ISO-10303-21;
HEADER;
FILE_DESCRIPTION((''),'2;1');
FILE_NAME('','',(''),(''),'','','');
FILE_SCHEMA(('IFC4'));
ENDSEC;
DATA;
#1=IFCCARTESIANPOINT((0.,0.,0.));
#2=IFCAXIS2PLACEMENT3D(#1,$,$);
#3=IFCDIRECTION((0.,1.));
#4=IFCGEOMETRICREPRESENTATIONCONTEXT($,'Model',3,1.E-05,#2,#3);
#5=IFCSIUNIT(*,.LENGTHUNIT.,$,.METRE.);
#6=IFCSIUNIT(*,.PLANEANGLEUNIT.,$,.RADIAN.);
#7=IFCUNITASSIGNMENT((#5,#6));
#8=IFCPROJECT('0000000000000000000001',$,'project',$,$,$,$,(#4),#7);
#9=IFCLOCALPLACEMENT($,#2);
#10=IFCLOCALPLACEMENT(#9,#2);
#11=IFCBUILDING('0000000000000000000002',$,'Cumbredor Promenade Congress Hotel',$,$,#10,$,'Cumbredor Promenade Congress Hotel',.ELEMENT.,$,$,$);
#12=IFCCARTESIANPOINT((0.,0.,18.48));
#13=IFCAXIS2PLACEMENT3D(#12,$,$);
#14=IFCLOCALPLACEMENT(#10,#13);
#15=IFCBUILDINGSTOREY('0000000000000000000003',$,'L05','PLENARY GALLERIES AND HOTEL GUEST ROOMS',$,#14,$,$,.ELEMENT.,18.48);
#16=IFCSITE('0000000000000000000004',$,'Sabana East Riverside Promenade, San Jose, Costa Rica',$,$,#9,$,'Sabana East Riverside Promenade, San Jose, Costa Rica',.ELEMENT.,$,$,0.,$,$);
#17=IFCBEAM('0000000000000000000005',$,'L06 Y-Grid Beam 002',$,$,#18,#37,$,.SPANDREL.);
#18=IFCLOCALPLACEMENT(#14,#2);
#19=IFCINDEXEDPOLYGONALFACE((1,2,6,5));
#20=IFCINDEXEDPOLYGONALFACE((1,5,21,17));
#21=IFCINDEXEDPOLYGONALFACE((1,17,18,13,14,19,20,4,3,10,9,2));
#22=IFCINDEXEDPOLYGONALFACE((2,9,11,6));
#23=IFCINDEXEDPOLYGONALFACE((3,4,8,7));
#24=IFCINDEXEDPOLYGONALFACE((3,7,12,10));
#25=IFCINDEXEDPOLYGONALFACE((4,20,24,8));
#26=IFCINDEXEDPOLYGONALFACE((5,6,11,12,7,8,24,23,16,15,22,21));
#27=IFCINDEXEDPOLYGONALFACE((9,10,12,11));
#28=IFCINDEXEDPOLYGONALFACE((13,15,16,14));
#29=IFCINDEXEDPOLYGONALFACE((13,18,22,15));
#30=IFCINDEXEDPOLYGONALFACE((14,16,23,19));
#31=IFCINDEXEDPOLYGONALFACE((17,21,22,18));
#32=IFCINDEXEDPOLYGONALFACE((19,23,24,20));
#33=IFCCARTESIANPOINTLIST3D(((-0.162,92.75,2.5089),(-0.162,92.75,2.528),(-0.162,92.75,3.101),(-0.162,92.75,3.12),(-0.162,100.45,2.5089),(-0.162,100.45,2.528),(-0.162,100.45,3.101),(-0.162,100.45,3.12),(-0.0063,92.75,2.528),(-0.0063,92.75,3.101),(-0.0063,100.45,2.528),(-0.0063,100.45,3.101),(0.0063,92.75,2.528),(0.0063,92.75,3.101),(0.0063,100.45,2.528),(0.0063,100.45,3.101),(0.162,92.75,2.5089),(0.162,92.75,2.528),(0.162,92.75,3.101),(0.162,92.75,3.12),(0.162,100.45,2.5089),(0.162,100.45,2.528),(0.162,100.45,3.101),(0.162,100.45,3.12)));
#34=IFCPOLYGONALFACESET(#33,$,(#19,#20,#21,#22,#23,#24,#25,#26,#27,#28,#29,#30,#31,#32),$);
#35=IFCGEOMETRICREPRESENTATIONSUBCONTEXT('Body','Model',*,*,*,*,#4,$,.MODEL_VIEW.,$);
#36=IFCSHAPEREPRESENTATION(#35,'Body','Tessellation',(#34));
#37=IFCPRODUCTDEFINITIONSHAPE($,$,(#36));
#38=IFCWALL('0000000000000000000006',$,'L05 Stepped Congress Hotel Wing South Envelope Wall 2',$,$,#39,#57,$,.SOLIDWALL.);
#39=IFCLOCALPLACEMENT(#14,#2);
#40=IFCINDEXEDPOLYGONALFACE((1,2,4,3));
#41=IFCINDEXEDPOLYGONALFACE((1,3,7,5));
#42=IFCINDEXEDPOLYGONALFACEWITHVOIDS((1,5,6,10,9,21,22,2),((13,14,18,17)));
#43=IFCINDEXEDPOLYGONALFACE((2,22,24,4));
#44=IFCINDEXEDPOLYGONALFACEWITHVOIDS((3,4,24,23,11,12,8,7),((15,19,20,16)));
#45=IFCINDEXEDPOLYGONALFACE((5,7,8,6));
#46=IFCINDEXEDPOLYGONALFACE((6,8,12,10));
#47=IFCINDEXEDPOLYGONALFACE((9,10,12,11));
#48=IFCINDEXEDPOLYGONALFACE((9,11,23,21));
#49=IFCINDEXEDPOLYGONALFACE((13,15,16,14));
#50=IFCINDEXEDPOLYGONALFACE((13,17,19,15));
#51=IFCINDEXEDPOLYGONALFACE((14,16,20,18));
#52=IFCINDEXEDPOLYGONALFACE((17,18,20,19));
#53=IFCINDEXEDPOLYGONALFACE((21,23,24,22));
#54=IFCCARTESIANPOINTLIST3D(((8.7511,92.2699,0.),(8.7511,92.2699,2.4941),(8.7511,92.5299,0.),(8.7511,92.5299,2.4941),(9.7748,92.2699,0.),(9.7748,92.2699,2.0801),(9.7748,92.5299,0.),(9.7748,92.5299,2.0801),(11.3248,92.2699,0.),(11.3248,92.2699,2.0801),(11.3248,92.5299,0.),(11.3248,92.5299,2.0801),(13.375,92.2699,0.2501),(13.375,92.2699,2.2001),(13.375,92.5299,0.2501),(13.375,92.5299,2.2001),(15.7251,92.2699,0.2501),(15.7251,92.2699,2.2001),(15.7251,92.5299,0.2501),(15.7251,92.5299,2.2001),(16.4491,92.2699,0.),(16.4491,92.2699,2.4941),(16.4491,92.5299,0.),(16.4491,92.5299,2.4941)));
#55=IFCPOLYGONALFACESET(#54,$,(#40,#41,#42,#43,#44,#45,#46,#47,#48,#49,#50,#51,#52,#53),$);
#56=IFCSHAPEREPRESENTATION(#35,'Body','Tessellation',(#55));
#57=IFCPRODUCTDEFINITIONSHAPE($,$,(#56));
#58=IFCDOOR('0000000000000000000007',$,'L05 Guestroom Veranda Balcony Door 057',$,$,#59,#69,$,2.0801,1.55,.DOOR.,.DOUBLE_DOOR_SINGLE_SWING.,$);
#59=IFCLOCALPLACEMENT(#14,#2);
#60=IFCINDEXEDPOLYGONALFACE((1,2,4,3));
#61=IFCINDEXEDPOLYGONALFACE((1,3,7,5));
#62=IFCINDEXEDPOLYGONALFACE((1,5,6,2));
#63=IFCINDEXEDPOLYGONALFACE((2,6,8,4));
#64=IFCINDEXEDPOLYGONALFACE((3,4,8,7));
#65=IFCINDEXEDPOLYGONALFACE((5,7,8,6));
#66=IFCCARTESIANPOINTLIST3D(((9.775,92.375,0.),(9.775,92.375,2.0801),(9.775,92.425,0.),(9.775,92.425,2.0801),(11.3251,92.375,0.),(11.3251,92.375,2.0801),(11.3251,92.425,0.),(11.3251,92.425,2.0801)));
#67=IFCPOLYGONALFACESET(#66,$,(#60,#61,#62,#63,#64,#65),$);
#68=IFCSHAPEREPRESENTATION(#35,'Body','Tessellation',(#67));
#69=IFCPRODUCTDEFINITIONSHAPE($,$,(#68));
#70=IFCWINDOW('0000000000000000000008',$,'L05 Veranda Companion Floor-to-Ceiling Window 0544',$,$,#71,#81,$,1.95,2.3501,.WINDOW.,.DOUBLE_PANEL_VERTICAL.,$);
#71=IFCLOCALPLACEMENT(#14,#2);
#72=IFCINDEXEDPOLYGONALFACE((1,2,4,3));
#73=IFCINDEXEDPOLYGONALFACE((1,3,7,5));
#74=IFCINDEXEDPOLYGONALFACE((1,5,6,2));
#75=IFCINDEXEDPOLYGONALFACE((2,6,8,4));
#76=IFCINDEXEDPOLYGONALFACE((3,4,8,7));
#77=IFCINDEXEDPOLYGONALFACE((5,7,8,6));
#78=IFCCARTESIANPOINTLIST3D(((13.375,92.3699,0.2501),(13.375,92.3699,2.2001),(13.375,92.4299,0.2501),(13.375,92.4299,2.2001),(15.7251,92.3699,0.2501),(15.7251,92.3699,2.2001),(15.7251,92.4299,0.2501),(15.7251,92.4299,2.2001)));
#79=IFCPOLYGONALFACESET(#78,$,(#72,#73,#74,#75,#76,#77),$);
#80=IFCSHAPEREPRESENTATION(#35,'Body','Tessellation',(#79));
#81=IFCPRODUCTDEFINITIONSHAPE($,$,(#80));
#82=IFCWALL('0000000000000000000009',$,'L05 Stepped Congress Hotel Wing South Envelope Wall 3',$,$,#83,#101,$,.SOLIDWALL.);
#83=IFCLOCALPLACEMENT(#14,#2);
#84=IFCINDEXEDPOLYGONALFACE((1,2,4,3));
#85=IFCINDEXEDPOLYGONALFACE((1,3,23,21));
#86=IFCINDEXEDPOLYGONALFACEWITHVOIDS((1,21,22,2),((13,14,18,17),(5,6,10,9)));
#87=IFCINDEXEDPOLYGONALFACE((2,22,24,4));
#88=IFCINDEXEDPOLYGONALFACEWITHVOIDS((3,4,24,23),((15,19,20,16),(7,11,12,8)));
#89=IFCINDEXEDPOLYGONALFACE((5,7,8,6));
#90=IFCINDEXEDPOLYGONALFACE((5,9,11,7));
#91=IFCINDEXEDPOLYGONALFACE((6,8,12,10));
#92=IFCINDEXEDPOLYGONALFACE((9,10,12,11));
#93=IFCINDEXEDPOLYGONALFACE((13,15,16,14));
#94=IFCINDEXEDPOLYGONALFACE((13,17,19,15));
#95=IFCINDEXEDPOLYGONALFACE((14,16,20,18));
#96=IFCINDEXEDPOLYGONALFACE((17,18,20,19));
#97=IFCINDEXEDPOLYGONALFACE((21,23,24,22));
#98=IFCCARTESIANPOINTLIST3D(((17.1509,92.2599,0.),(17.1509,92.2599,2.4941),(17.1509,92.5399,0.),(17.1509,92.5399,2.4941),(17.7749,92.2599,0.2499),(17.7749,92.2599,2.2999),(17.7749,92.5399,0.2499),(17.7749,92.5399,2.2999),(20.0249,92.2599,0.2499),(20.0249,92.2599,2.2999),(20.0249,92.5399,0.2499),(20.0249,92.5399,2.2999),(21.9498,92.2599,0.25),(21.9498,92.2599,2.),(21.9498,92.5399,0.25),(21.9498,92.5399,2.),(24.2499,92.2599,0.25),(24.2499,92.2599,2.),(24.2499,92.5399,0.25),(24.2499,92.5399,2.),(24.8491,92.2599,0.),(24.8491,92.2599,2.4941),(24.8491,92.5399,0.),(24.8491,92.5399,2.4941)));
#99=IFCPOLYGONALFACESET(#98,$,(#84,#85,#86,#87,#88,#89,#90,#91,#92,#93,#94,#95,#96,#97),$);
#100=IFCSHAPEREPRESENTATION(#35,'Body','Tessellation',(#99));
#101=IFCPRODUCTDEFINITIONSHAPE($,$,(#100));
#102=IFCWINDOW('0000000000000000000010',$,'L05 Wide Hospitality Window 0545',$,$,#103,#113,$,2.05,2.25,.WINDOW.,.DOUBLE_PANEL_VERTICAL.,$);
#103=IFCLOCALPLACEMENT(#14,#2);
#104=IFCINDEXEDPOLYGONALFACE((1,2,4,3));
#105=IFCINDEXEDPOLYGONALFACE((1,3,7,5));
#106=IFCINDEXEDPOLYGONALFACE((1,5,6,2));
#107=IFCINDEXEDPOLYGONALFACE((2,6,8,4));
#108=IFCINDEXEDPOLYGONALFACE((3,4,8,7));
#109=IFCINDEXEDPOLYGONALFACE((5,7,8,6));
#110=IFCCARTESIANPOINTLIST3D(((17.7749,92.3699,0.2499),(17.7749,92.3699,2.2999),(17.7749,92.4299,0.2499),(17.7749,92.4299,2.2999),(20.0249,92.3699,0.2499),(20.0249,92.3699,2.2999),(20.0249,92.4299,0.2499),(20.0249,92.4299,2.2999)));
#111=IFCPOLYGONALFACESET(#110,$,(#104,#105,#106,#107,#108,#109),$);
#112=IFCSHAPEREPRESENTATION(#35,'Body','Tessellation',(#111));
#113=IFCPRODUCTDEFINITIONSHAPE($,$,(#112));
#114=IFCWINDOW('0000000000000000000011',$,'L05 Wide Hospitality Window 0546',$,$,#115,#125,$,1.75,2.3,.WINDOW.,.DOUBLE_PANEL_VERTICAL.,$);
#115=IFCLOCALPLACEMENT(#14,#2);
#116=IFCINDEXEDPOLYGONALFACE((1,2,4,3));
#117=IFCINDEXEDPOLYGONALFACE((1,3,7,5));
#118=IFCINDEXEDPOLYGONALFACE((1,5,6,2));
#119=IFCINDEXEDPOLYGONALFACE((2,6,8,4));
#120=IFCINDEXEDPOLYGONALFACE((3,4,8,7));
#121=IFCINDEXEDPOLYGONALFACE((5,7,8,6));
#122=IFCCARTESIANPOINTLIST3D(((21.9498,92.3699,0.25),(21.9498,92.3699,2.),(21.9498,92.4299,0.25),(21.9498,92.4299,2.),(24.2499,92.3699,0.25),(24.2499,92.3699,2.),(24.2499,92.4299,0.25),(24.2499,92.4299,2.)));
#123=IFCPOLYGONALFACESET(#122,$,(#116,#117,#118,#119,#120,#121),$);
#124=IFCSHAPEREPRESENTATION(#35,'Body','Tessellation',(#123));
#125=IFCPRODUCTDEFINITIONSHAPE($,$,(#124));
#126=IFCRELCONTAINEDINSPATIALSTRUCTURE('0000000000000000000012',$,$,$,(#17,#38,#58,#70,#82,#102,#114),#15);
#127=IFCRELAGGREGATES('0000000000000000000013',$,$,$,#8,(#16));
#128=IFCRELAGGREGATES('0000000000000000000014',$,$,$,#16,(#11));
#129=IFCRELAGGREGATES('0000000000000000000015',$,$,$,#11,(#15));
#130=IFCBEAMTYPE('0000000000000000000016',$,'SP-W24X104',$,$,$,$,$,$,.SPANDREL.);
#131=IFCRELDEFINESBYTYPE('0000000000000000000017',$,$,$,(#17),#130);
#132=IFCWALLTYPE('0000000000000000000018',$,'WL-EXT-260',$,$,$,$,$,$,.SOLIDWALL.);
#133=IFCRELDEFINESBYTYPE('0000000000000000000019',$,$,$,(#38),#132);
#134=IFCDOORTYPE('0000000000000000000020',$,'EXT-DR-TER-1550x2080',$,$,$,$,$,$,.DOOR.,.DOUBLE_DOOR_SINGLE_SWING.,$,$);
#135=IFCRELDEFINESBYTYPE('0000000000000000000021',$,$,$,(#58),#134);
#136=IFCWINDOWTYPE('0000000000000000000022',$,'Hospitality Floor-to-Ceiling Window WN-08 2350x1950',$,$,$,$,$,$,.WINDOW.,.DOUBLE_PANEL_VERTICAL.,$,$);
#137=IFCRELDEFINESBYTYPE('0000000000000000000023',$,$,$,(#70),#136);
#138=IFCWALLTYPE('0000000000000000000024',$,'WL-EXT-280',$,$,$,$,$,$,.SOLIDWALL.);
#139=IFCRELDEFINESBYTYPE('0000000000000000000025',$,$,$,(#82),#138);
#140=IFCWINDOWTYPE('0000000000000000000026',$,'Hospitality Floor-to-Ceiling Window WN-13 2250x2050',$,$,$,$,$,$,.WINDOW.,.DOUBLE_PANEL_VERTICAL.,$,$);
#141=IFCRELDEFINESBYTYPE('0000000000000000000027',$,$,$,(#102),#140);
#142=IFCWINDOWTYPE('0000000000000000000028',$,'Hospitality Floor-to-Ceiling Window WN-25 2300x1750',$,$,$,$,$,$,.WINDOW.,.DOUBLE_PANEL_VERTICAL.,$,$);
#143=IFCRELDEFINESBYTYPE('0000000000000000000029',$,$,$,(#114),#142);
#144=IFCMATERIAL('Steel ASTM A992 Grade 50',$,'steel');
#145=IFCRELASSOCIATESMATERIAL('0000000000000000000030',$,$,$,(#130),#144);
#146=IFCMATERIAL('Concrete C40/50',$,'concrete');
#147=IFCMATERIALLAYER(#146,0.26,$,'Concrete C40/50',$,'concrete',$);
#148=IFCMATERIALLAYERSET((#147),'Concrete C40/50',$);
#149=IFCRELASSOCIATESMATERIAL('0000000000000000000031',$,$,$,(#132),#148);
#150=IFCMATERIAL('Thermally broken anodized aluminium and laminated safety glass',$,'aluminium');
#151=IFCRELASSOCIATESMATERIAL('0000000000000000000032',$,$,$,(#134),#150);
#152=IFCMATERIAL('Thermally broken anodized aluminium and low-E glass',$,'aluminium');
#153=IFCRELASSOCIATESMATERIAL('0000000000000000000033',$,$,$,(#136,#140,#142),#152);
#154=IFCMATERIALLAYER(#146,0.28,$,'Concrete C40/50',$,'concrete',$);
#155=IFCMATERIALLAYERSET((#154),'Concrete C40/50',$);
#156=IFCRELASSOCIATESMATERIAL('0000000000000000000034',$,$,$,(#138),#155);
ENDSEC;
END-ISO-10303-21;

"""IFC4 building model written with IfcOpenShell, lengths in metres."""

from ifc_helpers import new_model, si_unit, direction, frame, frame_2d, origin, origin_2d, place, context, subcontext, project, spatial, rectangle, i_section, extrude, material, layer, layer_set, material_profile, profile_set, type_object, element, fill, save


model = new_model("IFC4")

# Units and contexts
model_context = context("Model", 3, precision=1e-05, world=origin(), true_north=direction((0.0, 1.0)))
body_context = subcontext(model_context, "Body", "Model", "MODEL_VIEW")
ifc_project = project(units=[si_unit("LENGTHUNIT", "METRE"), si_unit("PLANEANGLEUNIT", "RADIAN")], contexts=[model_context])

# Site, building, storey
site_placement = place(None, origin())
site = spatial("IfcSite", under=ifc_project, at=site_placement, Name="Sabana East Riverside Promenade, San Jose, Costa Rica", LongName="Sabana East Riverside Promenade, San Jose, Costa Rica", CompositionType="ELEMENT", RefElevation=0.0)
building_placement = place(site_placement, origin())
building = spatial("IfcBuilding", under=site, at=building_placement, Name="Cumbredor Promenade Congress Hotel", LongName="Cumbredor Promenade Congress Hotel", CompositionType="ELEMENT")
storey_placement = place(building_placement, frame((0.0, 0.0, 18.48)))
storey = spatial("IfcBuildingStorey", under=building, at=storey_placement, Name="L05", Description="PLENARY GALLERIES AND HOTEL GUEST ROOMS", CompositionType="ELEMENT", Elevation=18.48)

# Shared definitions
ifc_material_1 = material(Name="Concrete C40/50", Category="concrete")

# Beam
ifc_material_2 = material(Name="Steel ASTM A992 Grade 50", Category="steel")
ifc_material_profile_1 = material_profile(ifc_material_2, i_section(OverallWidth=0.324, OverallDepth=0.6111, WebThickness=0.0127, FlangeThickness=0.019, at=origin_2d()), Name="W24X104")
ifc_profile_set_1 = profile_set([ifc_material_profile_1], Name="Steel ASTM A992 Grade 50")
beam_type_1 = type_object("IfcBeamType", Name="SP-W24X104", PredefinedType="SPANDREL", material=ifc_profile_set_1)
beam_1_placement = place(storey_placement, frame((0.0, 92.75, 2.8145), z_axis=(0.0, 1.0, 0.0), x_axis=(-1.0, 0.0, 0.0)))
element("IfcBeam", 1, at=beam_1_placement, inside=storey, type_object=beam_type_1, Name="L06 Y-Grid Beam 002", PredefinedType="SPANDREL", context=body_context, shape_type="SweptSolid", body=[
    extrude(i_section(OverallWidth=0.324, OverallDepth=0.6111, WebThickness=0.0127, FlangeThickness=0.019, at=origin_2d()), origin(), (0.0, 0.0, 1.0), 7.7),
])

# Wall, openings, door, window
ifc_layer_1 = layer(ifc_material_1, 0.26, Name="Concrete C40/50", Category="concrete")
ifc_layer_set_1 = layer_set([ifc_layer_1], Name="Concrete C40/50")
wall_type_1 = type_object("IfcWallType", Name="WL-EXT-260", PredefinedType="SOLIDWALL", material=ifc_layer_set_1)
wall_1_placement = place(storey_placement, frame((8.751, 92.3999, 0.0), z_axis=(0.0, 0.0, 1.0), x_axis=(1.0, 0.0, 0.0)))
wall_1 = element("IfcWall", 2, at=wall_1_placement, inside=storey, type_object=wall_type_1, Name="L05 Stepped Congress Hotel Wing South Envelope Wall 2", PredefinedType="SOLIDWALL", context=body_context, shape_type="SweptSolid", body=[
    extrude(rectangle(XDim=7.698, YDim=0.26, at=frame_2d((3.8491, 0.0))), origin(), (0.0, 0.0, 1.0), 2.4941),
])
opening_1_placement = place(wall_1_placement, frame((1.0239, 0.0, 0.0)))
opening_1 = element("IfcOpeningElement", 3, at=opening_1_placement, cuts=wall_1, PredefinedType="OPENING", context=body_context, shape_type="SweptSolid", body=[
    extrude(rectangle(XDim=1.55, YDim=2.0801, at=frame_2d((0.7749, 1.04))), frame((0.0, 0.1401, 0.0), z_axis=(0.0, -1.0, 0.0), x_axis=(1.0, 0.0, 0.0)), (0.0, 0.0, 1.0), 0.28),
])
opening_2_placement = place(wall_1_placement, frame((4.624, 0.0, 0.25)))
opening_2 = element("IfcOpeningElement", 4, at=opening_2_placement, cuts=wall_1, PredefinedType="OPENING", context=body_context, shape_type="SweptSolid", body=[
    extrude(rectangle(XDim=2.3501, YDim=1.95, at=frame_2d((1.175, 0.9751))), frame((0.0, 0.1401, 0.0), z_axis=(0.0, -1.0, 0.0), x_axis=(1.0, 0.0, 0.0)), (0.0, 0.0, 1.0), 0.28),
])
ifc_material_3 = material(Name="Thermally broken anodized aluminium and laminated safety glass", Category="aluminium")
door_type = type_object("IfcDoorType", Name="EXT-DR-TER-1550x2080", OperationType="DOUBLE_DOOR_SINGLE_SWING", PredefinedType="DOOR", material=ifc_material_3)
door_placement = place(opening_1_placement, frame((1.55, 0.0, 0.0), z_axis=(0.0, 0.0, 1.0), x_axis=(-1.0, 0.0, 0.0)))
door = element("IfcDoor", 5, at=door_placement, inside=storey, type_object=door_type, Name="L05 Guestroom Veranda Balcony Door 057", OperationType="DOUBLE_DOOR_SINGLE_SWING", OverallHeight=2.0801, OverallWidth=1.55, PredefinedType="DOOR", context=body_context, shape_type="SweptSolid", body=[
    extrude(rectangle(XDim=1.55, YDim=2.0801, at=frame_2d((0.7749, 1.04))), frame((0.0, 0.0249, 0.0), z_axis=(0.0, -1.0, 0.0), x_axis=(1.0, 0.0, 0.0)), (0.0, 0.0, 1.0), 0.05),
])
fill(opening_1, door)
ifc_material_4 = material(Name="Thermally broken anodized aluminium and low-E glass", Category="aluminium")
window_type_1 = type_object("IfcWindowType", Name="Hospitality Floor-to-Ceiling Window WN-08 2350x1950", PartitioningType="DOUBLE_PANEL_VERTICAL", PredefinedType="WINDOW", material=ifc_material_4)
window_1_placement = place(opening_2_placement, origin())
window_1 = element("IfcWindow", 6, at=window_1_placement, inside=storey, type_object=window_type_1, Name="L05 Veranda Companion Floor-to-Ceiling Window 0544", OverallHeight=1.95, OverallWidth=2.3501, PartitioningType="DOUBLE_PANEL_VERTICAL", PredefinedType="WINDOW", context=body_context, shape_type="SweptSolid", body=[
    extrude(rectangle(XDim=2.3501, YDim=1.95, at=frame_2d((1.175, 0.9751))), frame((0.0, 0.03, 0.0), z_axis=(0.0, -1.0, 0.0), x_axis=(1.0, 0.0, 0.0)), (0.0, 0.0, 1.0), 0.0601),
])
fill(opening_2, window_1)

# Wall, openings, windows
ifc_layer_2 = layer(ifc_material_1, 0.28, Name="Concrete C40/50", Category="concrete")
ifc_layer_set_2 = layer_set([ifc_layer_2], Name="Concrete C40/50")
wall_type_2 = type_object("IfcWallType", Name="WL-EXT-280", PredefinedType="SOLIDWALL", material=ifc_layer_set_2)
wall_2_placement = place(storey_placement, frame((17.1509, 92.3999, 0.0), z_axis=(0.0, 0.0, 1.0), x_axis=(1.0, 0.0, 0.0)))
wall_2 = element("IfcWall", 7, at=wall_2_placement, inside=storey, type_object=wall_type_2, Name="L05 Stepped Congress Hotel Wing South Envelope Wall 3", PredefinedType="SOLIDWALL", context=body_context, shape_type="SweptSolid", body=[
    extrude(rectangle(XDim=7.6982, YDim=0.28, at=frame_2d((3.8491, 0.0))), origin(), (0.0, 0.0, 1.0), 2.4941),
])
opening_3_placement = place(wall_2_placement, frame((0.624, 0.0, 0.25)))
opening_3 = element("IfcOpeningElement", 8, at=opening_3_placement, cuts=wall_2, PredefinedType="OPENING", context=body_context, shape_type="SweptSolid", body=[
    extrude(rectangle(XDim=2.25, YDim=2.05, at=frame_2d((1.125, 1.0249))), frame((0.0, 0.1499, 0.0), z_axis=(0.0, -1.0, 0.0), x_axis=(1.0, 0.0, 0.0)), (0.0, 0.0, 1.0), 0.3),
])
opening_4_placement = place(wall_2_placement, frame((4.7991, 0.0, 0.25)))
opening_4 = element("IfcOpeningElement", 9, at=opening_4_placement, cuts=wall_2, PredefinedType="OPENING", context=body_context, shape_type="SweptSolid", body=[
    extrude(rectangle(XDim=2.3, YDim=1.75, at=frame_2d((1.1499, 0.875))), frame((0.0, 0.1499, 0.0), z_axis=(0.0, -1.0, 0.0), x_axis=(1.0, 0.0, 0.0)), (0.0, 0.0, 1.0), 0.3),
])
window_type_2 = type_object("IfcWindowType", Name="Hospitality Floor-to-Ceiling Window WN-13 2250x2050", PartitioningType="DOUBLE_PANEL_VERTICAL", PredefinedType="WINDOW", material=ifc_material_4)
window_2_placement = place(opening_3_placement, origin())
window_2 = element("IfcWindow", 10, at=window_2_placement, inside=storey, type_object=window_type_2, Name="L05 Wide Hospitality Window 0545", OverallHeight=2.05, OverallWidth=2.25, PartitioningType="DOUBLE_PANEL_VERTICAL", PredefinedType="WINDOW", context=body_context, shape_type="SweptSolid", body=[
    extrude(rectangle(XDim=2.25, YDim=2.05, at=frame_2d((1.125, 1.0249))), frame((0.0, 0.03, 0.0), z_axis=(0.0, -1.0, 0.0), x_axis=(1.0, 0.0, 0.0)), (0.0, 0.0, 1.0), 0.0601),
])
fill(opening_3, window_2)
window_type_3 = type_object("IfcWindowType", Name="Hospitality Floor-to-Ceiling Window WN-25 2300x1750", PartitioningType="DOUBLE_PANEL_VERTICAL", PredefinedType="WINDOW", material=ifc_material_4)
window_3_placement = place(opening_4_placement, origin())
window_3 = element("IfcWindow", 11, at=window_3_placement, inside=storey, type_object=window_type_3, Name="L05 Wide Hospitality Window 0546", OverallHeight=1.75, OverallWidth=2.3, PartitioningType="DOUBLE_PANEL_VERTICAL", PredefinedType="WINDOW", context=body_context, shape_type="SweptSolid", body=[
    extrude(rectangle(XDim=2.3, YDim=1.75, at=frame_2d((1.1499, 0.875))), frame((0.0, 0.03, 0.0), z_axis=(0.0, -1.0, 0.0), x_axis=(1.0, 0.0, 0.0)), (0.0, 0.0, 1.0), 0.0601),
])
fill(opening_4, window_3)

save(model, "model.ifc")
